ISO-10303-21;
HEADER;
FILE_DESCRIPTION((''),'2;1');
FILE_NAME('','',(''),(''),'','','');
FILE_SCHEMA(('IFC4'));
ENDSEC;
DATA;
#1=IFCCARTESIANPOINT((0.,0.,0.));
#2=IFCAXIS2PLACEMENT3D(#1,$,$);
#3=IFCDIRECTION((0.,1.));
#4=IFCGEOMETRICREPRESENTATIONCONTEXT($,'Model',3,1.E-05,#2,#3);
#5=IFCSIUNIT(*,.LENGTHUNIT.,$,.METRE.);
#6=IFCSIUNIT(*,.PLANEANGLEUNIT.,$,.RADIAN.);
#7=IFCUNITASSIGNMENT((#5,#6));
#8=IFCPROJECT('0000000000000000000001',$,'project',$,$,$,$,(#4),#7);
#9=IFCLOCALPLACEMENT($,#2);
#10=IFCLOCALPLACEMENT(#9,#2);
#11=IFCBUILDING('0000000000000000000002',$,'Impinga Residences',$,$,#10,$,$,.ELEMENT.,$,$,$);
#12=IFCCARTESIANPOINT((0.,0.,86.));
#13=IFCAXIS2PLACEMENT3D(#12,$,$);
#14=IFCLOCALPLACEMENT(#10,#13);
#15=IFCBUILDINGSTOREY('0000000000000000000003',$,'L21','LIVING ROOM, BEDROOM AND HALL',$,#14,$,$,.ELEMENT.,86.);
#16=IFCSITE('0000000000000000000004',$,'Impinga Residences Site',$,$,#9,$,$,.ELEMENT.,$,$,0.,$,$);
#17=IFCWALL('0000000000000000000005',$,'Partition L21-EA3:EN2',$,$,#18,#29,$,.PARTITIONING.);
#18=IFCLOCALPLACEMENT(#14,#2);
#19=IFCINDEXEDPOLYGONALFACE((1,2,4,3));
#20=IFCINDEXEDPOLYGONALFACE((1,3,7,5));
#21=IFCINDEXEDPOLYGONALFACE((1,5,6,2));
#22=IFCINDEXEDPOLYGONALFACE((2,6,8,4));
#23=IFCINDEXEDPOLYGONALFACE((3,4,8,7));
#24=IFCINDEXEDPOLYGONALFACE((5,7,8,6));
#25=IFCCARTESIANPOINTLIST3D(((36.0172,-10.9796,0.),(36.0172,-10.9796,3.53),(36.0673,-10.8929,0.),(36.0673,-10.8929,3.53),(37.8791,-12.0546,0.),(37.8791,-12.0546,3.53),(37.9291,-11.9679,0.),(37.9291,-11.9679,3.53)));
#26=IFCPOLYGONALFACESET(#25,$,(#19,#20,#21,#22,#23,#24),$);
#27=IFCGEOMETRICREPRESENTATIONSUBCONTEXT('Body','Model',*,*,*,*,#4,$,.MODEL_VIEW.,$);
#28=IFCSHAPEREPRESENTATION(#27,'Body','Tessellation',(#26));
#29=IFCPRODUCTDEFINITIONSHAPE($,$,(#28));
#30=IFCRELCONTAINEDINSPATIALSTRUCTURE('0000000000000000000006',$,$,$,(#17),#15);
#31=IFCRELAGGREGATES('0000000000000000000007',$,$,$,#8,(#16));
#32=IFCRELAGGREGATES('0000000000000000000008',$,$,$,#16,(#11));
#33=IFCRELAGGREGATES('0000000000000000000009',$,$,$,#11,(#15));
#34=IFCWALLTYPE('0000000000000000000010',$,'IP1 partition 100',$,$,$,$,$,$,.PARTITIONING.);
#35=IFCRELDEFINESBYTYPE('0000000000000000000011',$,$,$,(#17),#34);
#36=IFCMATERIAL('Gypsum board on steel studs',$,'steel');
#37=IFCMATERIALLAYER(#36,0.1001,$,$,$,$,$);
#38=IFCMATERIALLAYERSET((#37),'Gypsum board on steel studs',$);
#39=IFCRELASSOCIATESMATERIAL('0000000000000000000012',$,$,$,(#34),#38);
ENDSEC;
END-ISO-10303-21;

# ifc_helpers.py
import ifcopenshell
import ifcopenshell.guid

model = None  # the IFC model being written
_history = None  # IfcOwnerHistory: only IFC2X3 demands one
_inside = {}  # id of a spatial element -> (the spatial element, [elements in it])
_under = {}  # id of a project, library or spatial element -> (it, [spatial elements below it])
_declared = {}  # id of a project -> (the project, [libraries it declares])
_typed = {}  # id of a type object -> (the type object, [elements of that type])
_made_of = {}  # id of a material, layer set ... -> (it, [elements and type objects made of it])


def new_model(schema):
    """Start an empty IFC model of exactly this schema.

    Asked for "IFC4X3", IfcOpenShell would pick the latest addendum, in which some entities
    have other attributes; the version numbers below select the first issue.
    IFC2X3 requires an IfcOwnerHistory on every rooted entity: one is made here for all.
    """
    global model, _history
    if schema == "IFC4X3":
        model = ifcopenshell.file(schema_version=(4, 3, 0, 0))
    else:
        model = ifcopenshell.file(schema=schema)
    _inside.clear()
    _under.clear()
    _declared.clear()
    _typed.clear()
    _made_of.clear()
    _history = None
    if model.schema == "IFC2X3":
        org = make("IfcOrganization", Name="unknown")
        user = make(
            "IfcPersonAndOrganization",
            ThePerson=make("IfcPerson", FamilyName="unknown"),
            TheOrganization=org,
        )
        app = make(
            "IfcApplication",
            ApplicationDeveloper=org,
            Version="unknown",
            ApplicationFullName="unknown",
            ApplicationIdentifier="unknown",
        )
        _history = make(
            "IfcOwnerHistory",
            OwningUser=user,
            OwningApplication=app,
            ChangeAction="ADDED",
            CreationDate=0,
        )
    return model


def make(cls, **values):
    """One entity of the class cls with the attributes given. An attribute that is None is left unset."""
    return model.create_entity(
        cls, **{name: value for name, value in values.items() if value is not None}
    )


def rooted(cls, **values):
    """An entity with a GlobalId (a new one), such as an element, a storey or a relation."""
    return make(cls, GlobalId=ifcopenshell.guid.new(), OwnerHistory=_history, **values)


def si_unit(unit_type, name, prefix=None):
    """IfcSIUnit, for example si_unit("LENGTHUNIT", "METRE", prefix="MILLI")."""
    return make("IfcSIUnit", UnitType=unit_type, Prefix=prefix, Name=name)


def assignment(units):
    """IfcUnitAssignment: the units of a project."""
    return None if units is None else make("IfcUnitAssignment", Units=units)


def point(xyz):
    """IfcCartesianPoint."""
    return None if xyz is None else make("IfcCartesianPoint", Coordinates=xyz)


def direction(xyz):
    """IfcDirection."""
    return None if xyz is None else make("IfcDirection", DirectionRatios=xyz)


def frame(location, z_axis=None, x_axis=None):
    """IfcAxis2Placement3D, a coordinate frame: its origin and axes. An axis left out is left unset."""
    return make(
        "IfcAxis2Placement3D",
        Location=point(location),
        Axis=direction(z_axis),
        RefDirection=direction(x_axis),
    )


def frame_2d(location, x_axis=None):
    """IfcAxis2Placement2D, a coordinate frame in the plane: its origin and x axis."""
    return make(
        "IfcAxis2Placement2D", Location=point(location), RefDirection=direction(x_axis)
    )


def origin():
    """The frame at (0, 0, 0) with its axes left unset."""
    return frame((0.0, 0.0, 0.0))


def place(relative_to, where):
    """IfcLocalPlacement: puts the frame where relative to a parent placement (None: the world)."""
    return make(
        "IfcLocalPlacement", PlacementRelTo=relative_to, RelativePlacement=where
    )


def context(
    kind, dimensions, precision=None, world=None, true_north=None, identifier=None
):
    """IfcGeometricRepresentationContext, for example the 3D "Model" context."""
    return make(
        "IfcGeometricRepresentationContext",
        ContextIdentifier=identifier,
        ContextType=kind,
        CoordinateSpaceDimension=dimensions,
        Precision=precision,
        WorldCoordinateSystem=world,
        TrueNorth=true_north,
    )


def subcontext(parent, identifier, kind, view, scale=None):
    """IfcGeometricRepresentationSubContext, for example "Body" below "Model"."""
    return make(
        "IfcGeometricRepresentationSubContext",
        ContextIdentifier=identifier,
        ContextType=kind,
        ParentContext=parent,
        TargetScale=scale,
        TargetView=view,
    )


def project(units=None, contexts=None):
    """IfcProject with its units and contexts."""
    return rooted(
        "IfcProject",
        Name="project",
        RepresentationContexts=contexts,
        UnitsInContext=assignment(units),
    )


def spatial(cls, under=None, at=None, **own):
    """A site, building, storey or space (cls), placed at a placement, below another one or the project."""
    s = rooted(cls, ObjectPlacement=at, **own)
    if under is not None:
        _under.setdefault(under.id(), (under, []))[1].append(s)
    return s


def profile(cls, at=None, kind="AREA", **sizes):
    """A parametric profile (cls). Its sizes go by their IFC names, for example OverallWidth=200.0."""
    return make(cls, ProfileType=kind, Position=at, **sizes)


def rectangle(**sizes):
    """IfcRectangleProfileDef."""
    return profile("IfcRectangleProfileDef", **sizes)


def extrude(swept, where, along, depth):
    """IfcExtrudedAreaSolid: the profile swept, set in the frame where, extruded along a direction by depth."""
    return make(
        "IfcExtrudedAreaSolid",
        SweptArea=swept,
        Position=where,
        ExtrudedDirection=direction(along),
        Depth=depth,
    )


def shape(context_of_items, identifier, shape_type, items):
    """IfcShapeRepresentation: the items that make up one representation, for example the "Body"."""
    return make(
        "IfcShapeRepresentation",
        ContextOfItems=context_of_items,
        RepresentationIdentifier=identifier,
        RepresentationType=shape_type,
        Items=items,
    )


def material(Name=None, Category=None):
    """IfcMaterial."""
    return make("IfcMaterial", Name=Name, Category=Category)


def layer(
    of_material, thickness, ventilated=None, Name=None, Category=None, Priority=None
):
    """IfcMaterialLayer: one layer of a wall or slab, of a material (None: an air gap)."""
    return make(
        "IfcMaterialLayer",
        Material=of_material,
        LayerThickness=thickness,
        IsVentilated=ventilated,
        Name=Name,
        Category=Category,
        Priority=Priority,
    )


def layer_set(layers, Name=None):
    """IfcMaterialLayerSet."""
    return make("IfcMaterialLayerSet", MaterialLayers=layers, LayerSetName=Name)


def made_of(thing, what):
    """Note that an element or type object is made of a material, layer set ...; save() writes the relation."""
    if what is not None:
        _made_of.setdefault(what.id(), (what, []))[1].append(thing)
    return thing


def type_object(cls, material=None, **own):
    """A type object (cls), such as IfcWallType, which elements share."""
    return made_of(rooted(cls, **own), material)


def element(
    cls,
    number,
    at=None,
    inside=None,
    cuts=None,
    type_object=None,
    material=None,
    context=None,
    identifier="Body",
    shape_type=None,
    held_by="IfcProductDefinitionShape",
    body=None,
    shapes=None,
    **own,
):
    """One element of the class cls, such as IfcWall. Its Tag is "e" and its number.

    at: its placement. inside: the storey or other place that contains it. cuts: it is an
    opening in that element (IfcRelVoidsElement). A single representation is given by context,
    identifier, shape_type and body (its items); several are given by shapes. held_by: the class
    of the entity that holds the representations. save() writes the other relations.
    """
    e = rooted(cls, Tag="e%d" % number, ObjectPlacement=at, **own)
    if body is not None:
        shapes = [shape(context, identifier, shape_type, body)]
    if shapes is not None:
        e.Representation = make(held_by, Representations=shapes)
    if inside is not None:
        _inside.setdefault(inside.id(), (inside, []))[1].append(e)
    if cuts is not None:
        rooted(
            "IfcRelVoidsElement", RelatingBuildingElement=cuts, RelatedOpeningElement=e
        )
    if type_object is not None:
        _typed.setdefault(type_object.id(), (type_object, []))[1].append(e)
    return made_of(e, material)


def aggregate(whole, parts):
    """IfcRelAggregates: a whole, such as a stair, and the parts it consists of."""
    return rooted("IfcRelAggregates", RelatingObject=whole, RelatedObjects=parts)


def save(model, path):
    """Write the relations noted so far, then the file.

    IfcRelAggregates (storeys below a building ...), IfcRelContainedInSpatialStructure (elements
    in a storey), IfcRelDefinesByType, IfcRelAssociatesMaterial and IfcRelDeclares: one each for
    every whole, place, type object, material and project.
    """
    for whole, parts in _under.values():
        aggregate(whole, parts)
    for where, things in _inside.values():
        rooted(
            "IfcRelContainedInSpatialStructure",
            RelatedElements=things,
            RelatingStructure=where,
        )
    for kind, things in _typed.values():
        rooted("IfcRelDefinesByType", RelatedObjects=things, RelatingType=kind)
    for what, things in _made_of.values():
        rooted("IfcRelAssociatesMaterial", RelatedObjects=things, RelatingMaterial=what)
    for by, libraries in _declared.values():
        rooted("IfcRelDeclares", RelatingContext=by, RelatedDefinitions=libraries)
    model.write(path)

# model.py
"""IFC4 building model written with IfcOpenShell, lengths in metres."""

from ifc_helpers import new_model, si_unit, direction, frame, frame_2d, origin, place, context, subcontext, project, spatial, rectangle, extrude, material, layer, layer_set, type_object, element, save


model = new_model("IFC4")

# Units and contexts
model_context = context("Model", 3, precision=1e-05, world=origin(), true_north=direction((0.0, 1.0)))
body_context = subcontext(model_context, "Body", "Model", "MODEL_VIEW")
ifc_project = project(units=[si_unit("LENGTHUNIT", "METRE"), si_unit("PLANEANGLEUNIT", "RADIAN")], contexts=[model_context])

# Site, building, storey
site_placement = place(None, origin())
site = spatial("IfcSite", under=ifc_project, at=site_placement, Name="Impinga Residences Site", CompositionType="ELEMENT", RefElevation=0.0)
building_placement = place(site_placement, origin())
building = spatial("IfcBuilding", under=site, at=building_placement, Name="Impinga Residences", CompositionType="ELEMENT")
storey_placement = place(building_placement, frame((0.0, 0.0, 86.0)))
storey = spatial("IfcBuildingStorey", under=building, at=storey_placement, Name="L21", Description="LIVING ROOM, BEDROOM AND HALL", CompositionType="ELEMENT", Elevation=86.0)

# Shared definitions
ifc_material_1 = material(Name="Gypsum board on steel studs", Category="steel")
ifc_layer_1 = layer(ifc_material_1, 0.1001)
ifc_layer_set_1 = layer_set([ifc_layer_1], Name="Gypsum board on steel studs")
wall_type_1 = type_object("IfcWallType", Name="IP1 partition 100", PredefinedType="PARTITIONING", material=ifc_layer_set_1)

# Wall
wall_1_placement = place(storey_placement, frame((36.0422, -10.9363, 0.0), z_axis=(0.0, 0.0, 1.0), x_axis=(0.866019, -0.500011, 0.0)))
element("IfcWall", 1, at=wall_1_placement, inside=storey, type_object=wall_type_1, Name="Partition L21-EA3:EN2", PredefinedType="PARTITIONING", context=body_context, shape_type="SweptSolid", body=[
    extrude(rectangle(XDim=2.1499, YDim=0.1001, at=frame_2d((1.075, 0.0))), origin(), (0.0, 0.0, 1.0), 3.53),
])

save(model, "model.ifc")
